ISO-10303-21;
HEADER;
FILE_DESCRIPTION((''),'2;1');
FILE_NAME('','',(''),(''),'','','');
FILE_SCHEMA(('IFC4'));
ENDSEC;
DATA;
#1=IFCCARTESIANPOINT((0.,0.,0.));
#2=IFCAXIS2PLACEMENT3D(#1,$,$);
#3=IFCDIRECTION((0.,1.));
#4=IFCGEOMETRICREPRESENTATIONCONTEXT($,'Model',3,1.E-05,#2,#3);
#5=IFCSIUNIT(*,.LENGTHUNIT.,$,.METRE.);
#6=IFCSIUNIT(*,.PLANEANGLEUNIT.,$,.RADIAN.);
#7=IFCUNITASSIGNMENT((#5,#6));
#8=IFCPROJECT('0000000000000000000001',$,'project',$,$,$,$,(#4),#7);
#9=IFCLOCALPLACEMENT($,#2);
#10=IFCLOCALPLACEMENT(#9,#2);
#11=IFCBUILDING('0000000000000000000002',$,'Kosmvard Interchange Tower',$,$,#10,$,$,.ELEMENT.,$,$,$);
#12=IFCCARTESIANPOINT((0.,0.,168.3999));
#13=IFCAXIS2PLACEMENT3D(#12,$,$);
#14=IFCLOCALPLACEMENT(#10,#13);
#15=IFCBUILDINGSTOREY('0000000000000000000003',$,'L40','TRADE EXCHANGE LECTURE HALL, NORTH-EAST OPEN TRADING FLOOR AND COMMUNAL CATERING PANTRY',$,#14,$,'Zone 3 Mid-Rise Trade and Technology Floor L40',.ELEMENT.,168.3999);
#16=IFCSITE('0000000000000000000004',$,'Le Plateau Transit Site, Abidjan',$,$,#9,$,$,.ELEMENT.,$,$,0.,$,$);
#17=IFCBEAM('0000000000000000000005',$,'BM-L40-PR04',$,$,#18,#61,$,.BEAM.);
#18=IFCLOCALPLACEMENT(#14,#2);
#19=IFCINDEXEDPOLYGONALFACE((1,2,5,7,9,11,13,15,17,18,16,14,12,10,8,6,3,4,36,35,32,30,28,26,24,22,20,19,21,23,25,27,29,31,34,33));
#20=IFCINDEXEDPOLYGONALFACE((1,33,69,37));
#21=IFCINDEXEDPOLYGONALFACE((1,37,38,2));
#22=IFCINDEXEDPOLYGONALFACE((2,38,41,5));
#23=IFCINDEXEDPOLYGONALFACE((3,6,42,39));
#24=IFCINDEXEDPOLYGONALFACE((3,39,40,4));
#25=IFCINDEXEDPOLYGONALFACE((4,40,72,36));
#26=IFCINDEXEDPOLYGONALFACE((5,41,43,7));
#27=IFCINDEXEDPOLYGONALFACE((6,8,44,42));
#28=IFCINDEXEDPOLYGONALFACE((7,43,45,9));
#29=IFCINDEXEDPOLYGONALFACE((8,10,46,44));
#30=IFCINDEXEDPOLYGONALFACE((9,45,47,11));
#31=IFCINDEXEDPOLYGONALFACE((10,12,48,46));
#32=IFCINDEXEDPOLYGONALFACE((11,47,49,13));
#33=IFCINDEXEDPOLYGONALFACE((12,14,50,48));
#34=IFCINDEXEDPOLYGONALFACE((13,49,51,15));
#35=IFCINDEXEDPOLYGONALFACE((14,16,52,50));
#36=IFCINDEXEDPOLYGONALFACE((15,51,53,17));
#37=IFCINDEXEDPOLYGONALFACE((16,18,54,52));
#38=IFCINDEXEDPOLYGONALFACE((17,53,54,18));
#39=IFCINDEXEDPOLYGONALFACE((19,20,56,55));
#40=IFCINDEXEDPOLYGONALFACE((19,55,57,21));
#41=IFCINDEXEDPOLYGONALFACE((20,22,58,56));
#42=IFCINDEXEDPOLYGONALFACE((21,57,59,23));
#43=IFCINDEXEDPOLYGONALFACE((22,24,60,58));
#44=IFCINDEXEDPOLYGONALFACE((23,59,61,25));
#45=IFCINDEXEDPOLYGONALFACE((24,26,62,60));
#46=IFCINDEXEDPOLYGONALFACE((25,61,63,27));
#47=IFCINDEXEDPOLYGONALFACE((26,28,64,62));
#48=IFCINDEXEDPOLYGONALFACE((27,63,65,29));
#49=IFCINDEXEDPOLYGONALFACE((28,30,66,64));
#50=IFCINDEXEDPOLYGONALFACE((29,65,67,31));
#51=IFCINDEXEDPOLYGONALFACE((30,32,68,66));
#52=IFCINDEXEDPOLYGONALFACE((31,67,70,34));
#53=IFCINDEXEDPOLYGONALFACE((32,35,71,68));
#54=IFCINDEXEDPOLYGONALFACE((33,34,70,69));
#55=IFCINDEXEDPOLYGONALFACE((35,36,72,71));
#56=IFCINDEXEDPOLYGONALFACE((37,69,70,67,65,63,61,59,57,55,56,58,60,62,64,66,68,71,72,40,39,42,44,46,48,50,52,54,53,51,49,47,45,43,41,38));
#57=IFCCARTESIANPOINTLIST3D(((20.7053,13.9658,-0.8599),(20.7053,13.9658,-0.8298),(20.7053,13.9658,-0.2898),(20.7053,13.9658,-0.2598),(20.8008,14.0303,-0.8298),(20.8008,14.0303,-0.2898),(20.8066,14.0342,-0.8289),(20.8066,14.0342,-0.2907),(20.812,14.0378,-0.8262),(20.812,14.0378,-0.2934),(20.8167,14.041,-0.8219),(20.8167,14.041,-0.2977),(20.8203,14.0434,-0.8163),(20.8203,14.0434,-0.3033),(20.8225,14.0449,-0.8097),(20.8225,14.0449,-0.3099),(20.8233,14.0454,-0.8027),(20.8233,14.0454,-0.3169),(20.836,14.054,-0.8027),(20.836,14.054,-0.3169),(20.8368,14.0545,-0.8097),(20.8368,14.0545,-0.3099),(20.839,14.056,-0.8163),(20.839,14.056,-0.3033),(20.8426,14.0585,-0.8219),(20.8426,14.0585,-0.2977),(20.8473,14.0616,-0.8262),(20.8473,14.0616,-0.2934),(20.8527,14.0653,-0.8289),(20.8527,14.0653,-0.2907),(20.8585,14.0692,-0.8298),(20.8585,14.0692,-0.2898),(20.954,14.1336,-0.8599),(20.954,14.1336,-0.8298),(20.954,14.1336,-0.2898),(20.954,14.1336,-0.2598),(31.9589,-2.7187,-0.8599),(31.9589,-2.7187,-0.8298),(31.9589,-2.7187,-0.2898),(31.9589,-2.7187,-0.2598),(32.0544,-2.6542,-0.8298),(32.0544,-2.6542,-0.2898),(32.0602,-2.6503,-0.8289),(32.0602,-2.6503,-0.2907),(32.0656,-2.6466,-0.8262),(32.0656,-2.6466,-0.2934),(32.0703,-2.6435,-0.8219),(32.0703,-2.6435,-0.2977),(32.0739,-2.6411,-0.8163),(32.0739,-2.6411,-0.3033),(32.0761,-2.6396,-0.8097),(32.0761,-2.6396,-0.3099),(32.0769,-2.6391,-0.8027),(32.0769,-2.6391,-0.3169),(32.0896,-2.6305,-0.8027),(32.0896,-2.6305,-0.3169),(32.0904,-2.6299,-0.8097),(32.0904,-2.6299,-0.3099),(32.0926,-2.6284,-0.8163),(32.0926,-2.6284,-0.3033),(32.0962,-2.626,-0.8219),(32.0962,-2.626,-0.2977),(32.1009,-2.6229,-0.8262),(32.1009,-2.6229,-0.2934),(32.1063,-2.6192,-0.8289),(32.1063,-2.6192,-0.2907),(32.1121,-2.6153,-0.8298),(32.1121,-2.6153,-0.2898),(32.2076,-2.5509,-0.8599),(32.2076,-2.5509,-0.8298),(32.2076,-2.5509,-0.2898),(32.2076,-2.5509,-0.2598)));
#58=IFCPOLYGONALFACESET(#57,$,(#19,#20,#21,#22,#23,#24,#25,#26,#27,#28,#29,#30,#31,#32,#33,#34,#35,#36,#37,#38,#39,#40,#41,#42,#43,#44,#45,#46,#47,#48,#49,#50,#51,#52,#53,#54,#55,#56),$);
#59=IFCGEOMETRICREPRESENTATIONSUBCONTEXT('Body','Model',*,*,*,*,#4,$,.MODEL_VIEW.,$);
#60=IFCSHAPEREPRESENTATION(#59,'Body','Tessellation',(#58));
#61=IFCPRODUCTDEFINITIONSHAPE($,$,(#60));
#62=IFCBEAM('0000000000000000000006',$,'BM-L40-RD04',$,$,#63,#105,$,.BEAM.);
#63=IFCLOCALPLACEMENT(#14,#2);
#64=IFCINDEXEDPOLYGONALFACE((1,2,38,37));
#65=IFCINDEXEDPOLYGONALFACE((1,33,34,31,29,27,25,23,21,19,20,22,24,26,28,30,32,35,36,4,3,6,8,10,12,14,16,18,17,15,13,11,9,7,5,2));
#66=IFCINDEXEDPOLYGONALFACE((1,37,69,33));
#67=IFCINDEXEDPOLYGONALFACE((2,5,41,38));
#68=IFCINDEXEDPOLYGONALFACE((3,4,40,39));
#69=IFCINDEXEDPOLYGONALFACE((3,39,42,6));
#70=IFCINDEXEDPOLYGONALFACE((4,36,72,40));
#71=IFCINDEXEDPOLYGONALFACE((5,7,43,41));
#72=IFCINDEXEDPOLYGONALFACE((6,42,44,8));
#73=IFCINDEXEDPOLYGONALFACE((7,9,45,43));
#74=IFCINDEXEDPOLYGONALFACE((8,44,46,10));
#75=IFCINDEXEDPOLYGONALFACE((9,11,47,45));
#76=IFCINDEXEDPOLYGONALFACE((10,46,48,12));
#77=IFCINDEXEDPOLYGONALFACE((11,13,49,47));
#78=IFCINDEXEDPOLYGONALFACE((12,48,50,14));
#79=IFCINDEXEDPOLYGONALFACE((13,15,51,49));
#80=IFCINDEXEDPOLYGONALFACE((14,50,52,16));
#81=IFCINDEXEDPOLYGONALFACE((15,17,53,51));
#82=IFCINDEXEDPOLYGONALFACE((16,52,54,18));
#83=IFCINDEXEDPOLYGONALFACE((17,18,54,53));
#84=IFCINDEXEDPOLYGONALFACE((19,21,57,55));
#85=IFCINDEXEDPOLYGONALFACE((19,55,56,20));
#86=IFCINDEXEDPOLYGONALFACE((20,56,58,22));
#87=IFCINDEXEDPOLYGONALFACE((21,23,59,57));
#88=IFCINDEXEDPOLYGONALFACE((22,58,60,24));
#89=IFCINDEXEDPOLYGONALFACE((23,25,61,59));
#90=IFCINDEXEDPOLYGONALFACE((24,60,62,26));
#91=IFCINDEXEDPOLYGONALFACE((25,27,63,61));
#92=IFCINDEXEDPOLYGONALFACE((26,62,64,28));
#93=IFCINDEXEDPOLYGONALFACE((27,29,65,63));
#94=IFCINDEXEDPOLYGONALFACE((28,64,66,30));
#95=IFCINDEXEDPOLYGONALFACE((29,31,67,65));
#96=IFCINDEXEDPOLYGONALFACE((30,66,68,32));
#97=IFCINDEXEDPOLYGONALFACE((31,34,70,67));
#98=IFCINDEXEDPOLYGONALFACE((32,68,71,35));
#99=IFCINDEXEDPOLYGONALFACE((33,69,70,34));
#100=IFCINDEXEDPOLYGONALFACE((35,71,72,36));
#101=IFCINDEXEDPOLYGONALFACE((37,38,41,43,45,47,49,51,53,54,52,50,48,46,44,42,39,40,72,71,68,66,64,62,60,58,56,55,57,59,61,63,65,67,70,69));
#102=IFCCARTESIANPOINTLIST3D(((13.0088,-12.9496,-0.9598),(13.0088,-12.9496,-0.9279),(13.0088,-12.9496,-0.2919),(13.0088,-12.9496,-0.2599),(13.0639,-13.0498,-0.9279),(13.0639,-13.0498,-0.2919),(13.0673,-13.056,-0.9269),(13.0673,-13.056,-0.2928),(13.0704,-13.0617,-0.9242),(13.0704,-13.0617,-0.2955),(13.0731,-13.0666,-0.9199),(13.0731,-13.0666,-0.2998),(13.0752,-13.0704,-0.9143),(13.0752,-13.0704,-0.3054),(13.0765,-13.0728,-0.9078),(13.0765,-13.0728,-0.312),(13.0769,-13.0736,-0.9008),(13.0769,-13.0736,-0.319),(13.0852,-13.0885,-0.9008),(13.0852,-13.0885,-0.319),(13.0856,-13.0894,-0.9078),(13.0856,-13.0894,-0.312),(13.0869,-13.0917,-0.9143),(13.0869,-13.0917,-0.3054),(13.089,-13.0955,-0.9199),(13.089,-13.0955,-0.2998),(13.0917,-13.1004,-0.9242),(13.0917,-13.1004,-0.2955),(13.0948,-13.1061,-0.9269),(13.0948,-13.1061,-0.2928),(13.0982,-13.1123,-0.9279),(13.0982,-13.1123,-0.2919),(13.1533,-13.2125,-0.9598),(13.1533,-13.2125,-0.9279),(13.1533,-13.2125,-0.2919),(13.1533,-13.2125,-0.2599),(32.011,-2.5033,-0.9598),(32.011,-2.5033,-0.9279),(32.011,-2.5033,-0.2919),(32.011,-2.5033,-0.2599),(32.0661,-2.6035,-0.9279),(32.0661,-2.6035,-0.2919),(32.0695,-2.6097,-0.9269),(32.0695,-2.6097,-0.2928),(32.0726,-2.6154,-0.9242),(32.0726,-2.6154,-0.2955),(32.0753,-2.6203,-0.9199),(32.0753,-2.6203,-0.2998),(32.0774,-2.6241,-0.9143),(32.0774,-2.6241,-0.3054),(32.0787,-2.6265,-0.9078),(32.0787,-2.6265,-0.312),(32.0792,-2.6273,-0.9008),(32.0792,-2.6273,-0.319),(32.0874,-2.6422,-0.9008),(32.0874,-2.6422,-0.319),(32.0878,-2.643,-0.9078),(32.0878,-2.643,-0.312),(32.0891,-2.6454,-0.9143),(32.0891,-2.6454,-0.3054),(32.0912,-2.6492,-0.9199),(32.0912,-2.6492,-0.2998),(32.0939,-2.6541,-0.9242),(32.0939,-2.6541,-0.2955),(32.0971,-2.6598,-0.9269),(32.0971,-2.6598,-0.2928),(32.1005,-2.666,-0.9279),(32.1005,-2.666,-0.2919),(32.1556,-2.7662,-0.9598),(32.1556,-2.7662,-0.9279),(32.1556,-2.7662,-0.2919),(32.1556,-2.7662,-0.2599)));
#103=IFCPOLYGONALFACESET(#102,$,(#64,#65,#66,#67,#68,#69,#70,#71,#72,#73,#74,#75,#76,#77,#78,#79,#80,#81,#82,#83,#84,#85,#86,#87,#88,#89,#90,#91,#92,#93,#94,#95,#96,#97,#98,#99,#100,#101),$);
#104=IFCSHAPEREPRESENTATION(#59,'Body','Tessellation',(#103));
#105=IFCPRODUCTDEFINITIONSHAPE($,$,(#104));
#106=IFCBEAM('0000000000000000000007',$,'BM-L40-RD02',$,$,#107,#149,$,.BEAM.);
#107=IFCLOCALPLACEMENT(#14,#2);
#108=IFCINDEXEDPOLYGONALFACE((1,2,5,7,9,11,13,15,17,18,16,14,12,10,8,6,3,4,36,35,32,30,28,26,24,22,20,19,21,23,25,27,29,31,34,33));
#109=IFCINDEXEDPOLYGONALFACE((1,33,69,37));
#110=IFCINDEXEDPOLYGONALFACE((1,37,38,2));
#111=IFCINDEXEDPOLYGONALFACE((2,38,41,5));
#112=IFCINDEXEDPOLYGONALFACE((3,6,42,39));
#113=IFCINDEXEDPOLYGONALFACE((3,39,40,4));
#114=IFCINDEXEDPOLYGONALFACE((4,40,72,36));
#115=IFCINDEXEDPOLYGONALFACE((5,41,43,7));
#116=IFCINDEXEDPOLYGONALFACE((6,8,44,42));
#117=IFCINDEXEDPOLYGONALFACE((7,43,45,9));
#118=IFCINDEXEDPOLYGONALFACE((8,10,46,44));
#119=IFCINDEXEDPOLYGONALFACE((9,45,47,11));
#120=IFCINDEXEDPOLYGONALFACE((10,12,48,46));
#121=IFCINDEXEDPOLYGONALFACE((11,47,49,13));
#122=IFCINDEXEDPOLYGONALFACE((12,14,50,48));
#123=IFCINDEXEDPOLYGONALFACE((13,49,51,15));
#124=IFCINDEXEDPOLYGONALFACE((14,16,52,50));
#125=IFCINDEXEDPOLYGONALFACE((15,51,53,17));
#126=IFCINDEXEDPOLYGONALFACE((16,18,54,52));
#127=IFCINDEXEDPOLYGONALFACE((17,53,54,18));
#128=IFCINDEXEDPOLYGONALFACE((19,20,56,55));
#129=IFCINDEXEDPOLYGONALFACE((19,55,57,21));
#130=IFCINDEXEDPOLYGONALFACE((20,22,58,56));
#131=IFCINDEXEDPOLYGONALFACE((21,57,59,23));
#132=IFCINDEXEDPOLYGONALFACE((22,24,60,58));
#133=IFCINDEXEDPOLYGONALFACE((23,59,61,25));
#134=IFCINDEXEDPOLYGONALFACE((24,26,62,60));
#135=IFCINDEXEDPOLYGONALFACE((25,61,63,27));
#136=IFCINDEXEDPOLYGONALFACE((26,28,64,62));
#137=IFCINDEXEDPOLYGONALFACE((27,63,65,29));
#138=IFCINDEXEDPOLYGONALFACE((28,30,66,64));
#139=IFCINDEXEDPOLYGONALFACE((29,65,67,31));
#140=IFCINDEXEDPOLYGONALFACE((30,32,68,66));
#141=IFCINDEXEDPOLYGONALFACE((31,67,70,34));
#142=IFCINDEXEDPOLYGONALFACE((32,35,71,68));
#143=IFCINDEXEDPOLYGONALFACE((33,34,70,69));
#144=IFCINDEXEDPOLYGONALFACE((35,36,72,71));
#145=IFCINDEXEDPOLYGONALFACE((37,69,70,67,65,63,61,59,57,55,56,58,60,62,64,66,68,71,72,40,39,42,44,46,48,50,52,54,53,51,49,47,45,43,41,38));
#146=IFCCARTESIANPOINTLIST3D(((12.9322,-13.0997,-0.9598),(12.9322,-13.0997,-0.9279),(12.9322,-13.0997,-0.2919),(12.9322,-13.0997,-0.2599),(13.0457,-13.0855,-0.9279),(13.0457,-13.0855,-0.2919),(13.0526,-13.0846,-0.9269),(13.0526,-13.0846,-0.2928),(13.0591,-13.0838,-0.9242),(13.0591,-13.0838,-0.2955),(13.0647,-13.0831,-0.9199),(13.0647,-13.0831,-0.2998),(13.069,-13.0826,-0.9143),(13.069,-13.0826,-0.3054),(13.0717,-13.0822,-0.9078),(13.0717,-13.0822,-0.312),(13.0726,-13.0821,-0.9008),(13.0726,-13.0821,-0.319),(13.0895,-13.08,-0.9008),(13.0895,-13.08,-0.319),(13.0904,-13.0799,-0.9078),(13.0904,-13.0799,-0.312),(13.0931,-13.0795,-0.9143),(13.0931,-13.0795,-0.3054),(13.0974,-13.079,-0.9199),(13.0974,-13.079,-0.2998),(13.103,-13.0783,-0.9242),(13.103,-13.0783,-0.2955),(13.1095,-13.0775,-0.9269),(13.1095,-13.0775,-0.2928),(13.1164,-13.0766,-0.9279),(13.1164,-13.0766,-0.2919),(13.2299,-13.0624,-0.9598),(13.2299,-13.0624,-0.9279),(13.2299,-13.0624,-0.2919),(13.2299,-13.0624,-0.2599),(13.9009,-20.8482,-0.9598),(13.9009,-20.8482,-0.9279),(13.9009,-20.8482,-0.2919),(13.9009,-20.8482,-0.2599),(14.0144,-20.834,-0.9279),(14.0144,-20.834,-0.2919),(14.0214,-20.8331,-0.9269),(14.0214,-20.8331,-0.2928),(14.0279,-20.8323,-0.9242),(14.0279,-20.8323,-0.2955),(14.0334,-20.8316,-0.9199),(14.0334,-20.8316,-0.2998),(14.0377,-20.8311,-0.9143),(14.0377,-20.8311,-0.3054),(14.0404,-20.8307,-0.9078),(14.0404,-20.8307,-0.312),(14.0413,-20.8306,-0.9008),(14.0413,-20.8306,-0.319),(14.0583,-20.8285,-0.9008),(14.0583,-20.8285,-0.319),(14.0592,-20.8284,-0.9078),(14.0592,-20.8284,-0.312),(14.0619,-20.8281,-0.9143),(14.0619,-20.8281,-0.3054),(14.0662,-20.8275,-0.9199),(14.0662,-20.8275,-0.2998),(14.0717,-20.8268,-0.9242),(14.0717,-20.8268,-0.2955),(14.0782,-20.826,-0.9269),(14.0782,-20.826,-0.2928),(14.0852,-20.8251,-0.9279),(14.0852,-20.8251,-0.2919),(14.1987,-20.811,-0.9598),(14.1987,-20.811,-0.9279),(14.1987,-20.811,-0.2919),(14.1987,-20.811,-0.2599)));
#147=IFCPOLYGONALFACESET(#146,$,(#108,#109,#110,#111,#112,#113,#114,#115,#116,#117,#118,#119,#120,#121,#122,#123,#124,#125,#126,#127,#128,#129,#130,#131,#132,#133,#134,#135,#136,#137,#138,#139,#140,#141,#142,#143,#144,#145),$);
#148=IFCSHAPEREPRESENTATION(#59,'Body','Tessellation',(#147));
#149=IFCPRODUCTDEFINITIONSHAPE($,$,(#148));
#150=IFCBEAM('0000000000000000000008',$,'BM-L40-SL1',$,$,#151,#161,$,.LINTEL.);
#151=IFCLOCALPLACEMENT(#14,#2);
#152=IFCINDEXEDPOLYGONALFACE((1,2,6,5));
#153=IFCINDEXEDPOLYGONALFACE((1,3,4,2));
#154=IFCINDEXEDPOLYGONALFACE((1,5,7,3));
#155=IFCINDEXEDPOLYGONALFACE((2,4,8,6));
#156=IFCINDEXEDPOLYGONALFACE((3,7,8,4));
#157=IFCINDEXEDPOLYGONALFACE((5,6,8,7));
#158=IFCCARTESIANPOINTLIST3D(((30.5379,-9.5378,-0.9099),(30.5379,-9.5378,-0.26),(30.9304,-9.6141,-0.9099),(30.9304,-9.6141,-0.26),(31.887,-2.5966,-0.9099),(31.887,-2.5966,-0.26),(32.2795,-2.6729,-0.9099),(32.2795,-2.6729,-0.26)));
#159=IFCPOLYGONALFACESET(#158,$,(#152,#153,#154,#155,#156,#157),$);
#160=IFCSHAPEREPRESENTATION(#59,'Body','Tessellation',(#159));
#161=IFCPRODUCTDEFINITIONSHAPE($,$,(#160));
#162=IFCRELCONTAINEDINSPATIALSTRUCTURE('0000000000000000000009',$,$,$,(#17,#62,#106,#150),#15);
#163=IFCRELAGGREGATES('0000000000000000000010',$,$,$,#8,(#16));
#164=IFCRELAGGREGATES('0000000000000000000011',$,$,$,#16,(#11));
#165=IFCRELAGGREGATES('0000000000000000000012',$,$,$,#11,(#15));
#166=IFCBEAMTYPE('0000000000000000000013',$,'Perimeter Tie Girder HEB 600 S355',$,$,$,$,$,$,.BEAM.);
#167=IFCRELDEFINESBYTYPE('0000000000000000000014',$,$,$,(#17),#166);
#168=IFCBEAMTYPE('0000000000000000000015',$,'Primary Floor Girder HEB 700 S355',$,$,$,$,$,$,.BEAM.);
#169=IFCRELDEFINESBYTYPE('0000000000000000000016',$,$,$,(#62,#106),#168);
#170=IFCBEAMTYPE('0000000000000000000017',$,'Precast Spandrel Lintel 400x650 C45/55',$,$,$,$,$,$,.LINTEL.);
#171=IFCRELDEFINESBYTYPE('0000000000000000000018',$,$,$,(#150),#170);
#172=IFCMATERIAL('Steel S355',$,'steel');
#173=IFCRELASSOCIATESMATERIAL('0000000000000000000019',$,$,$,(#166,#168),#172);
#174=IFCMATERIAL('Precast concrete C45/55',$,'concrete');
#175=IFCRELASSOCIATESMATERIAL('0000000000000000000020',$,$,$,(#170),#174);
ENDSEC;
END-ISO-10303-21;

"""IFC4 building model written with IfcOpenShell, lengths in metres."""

from ifc_helpers import new_model, si_unit, direction, frame, origin, origin_2d, place, context, subcontext, project, spatial, rectangle, i_section, extrude, source, transform, mapped, material, material_profile, profile_set, type_object, element, save


model = new_model("IFC4")

# Units and contexts
model_context = context("Model", 3, precision=1e-05, world=origin(), true_north=direction((0.0, 1.0)))
body_context = subcontext(model_context, "Body", "Model", "MODEL_VIEW")
ifc_project = project(units=[si_unit("LENGTHUNIT", "METRE"), si_unit("PLANEANGLEUNIT", "RADIAN")], contexts=[model_context])

# Site, building, storey
site_placement = place(None, origin())
site = spatial("IfcSite", under=ifc_project, at=site_placement, Name="Le Plateau Transit Site, Abidjan", CompositionType="ELEMENT", RefElevation=0.0)
building_placement = place(site_placement, origin())
building = spatial("IfcBuilding", under=site, at=building_placement, Name="Kosmvard Interchange Tower", CompositionType="ELEMENT")
storey_placement = place(building_placement, frame((0.0, 0.0, 168.3999)))
storey = spatial("IfcBuildingStorey", under=building, at=storey_placement, Name="L40", Description="TRADE EXCHANGE LECTURE HALL, NORTH-EAST OPEN TRADING FLOOR AND COMMUNAL CATERING PANTRY", LongName="Zone 3 Mid-Rise Trade and Technology Floor L40", CompositionType="ELEMENT", Elevation=168.3999)

# Beams
ifc_material_1 = material(Name="Steel S355", Category="steel")
ifc_material_profile_1 = material_profile(ifc_material_1, i_section(OverallWidth=0.3, OverallDepth=0.6001, WebThickness=0.0154, FlangeThickness=0.03, FilletRadius=0.0271, at=origin_2d()), Name="HEB 600")
ifc_profile_set_1 = profile_set([ifc_material_profile_1], Name="Steel S355")
beam_type_1 = type_object("IfcBeamType", Name="Perimeter Tie Girder HEB 600 S355", PredefinedType="BEAM", material=ifc_profile_set_1)
shared_shape_1 = source(origin(), body_context, "Body", "SweptSolid", [
    extrude(i_section(OverallWidth=0.3, OverallDepth=0.6001, WebThickness=0.0154, FlangeThickness=0.03, FilletRadius=0.0271, at=origin_2d()), origin(), (0.0, 0.0, 1.0), 20.125),
])
for number, where, z_axis, x_axis, name in (
    (1, (32.0833, -2.6348, -0.5598), (-0.559185, 0.829043, 0.0), (-0.829043, -0.559185, 0.0), "BM-L40-PR04"),
):
    element("IfcBeam", number, at=place(storey_placement, frame(where, z_axis=z_axis, x_axis=x_axis)), inside=storey, type_object=beam_type_1, Name=name, PredefinedType="BEAM", context=body_context, shape_type="MappedRepresentation", body=[
        mapped(shared_shape_1, transform((0.0, 0.0, 0.0), scale=1.0)),
    ])
ifc_material_profile_2 = material_profile(ifc_material_1, i_section(OverallWidth=0.3, OverallDepth=0.7, WebThickness=0.0171, FlangeThickness=0.032, FilletRadius=0.0271, at=origin_2d()), Name="HEB 700")
ifc_profile_set_2 = profile_set([ifc_material_profile_2], Name="Steel S355")
beam_type_2 = type_object("IfcBeamType", Name="Primary Floor Girder HEB 700 S355", PredefinedType="BEAM", material=ifc_profile_set_2)
shared_shape_2 = source(origin(), body_context, "Body", "SweptSolid", [
    extrude(i_section(OverallWidth=0.3, OverallDepth=0.7, WebThickness=0.0171, FlangeThickness=0.032, FilletRadius=0.0271, at=origin_2d()), origin(), (0.0, 0.0, 1.0), 21.6843),
])
beam_1_placement = place(storey_placement, frame((13.0811, -13.0811, -0.6099), z_axis=(0.876312, 0.481745, 0.0), x_axis=(-0.481745, 0.876312, 0.0)))
element("IfcBeam", 2, at=beam_1_placement, inside=storey, type_object=beam_type_2, Name="BM-L40-RD04", PredefinedType="BEAM", context=body_context, shape_type="MappedRepresentation", body=[
    mapped(shared_shape_2, transform((0.0, 0.0, 0.0), scale=1.0)),
])
shared_shape_3 = source(origin(), body_context, "Body", "SweptSolid", [
    extrude(i_section(OverallWidth=0.3, OverallDepth=0.7, WebThickness=0.0171, FlangeThickness=0.032, FilletRadius=0.0271, at=origin_2d()), origin(), (0.0, 0.0, 1.0), 7.8088),
])
beam_2_placement = place(storey_placement, frame((13.0811, -13.0811, -0.6099), z_axis=(0.124058, -0.992275, 0.0), x_axis=(0.992275, 0.124058, 0.0)))
element("IfcBeam", 3, at=beam_2_placement, inside=storey, type_object=beam_type_2, Name="BM-L40-RD02", PredefinedType="BEAM", context=body_context, shape_type="MappedRepresentation", body=[
    mapped(shared_shape_3, transform((0.0, 0.0, 0.0), scale=1.0)),
])
ifc_material_2 = material(Name="Precast concrete C45/55", Category="concrete")
ifc_material_profile_3 = material_profile(ifc_material_2, rectangle(XDim=0.3999, YDim=0.6499, at=origin_2d()), Name="SL 400x650")
ifc_profile_set_3 = profile_set([ifc_material_profile_3], Name="Precast concrete C45/55")
beam_type_3 = type_object("IfcBeamType", Name="Precast Spandrel Lintel 400x650 C45/55", PredefinedType="LINTEL", material=ifc_profile_set_3)
shared_shape_4 = source(origin(), body_context, "Body", "SweptSolid", [
    extrude(rectangle(XDim=0.3999, YDim=0.6499, at=origin_2d()), origin(), (0.0, 0.0, 1.0), 7.071),
])
beam_3_placement = place(storey_placement, frame((30.7341, -9.5759, -0.585), z_axis=(0.190795, 0.98163, 0.0), x_axis=(-0.98163, 0.190795, 0.0)))
element("IfcBeam", 4, at=beam_3_placement, inside=storey, type_object=beam_type_3, Name="BM-L40-SL1", PredefinedType="LINTEL", context=body_context, shape_type="MappedRepresentation", body=[
    mapped(shared_shape_4, transform((0.0, 0.0, 0.0), scale=1.0)),
])

save(model, "model.ifc")
